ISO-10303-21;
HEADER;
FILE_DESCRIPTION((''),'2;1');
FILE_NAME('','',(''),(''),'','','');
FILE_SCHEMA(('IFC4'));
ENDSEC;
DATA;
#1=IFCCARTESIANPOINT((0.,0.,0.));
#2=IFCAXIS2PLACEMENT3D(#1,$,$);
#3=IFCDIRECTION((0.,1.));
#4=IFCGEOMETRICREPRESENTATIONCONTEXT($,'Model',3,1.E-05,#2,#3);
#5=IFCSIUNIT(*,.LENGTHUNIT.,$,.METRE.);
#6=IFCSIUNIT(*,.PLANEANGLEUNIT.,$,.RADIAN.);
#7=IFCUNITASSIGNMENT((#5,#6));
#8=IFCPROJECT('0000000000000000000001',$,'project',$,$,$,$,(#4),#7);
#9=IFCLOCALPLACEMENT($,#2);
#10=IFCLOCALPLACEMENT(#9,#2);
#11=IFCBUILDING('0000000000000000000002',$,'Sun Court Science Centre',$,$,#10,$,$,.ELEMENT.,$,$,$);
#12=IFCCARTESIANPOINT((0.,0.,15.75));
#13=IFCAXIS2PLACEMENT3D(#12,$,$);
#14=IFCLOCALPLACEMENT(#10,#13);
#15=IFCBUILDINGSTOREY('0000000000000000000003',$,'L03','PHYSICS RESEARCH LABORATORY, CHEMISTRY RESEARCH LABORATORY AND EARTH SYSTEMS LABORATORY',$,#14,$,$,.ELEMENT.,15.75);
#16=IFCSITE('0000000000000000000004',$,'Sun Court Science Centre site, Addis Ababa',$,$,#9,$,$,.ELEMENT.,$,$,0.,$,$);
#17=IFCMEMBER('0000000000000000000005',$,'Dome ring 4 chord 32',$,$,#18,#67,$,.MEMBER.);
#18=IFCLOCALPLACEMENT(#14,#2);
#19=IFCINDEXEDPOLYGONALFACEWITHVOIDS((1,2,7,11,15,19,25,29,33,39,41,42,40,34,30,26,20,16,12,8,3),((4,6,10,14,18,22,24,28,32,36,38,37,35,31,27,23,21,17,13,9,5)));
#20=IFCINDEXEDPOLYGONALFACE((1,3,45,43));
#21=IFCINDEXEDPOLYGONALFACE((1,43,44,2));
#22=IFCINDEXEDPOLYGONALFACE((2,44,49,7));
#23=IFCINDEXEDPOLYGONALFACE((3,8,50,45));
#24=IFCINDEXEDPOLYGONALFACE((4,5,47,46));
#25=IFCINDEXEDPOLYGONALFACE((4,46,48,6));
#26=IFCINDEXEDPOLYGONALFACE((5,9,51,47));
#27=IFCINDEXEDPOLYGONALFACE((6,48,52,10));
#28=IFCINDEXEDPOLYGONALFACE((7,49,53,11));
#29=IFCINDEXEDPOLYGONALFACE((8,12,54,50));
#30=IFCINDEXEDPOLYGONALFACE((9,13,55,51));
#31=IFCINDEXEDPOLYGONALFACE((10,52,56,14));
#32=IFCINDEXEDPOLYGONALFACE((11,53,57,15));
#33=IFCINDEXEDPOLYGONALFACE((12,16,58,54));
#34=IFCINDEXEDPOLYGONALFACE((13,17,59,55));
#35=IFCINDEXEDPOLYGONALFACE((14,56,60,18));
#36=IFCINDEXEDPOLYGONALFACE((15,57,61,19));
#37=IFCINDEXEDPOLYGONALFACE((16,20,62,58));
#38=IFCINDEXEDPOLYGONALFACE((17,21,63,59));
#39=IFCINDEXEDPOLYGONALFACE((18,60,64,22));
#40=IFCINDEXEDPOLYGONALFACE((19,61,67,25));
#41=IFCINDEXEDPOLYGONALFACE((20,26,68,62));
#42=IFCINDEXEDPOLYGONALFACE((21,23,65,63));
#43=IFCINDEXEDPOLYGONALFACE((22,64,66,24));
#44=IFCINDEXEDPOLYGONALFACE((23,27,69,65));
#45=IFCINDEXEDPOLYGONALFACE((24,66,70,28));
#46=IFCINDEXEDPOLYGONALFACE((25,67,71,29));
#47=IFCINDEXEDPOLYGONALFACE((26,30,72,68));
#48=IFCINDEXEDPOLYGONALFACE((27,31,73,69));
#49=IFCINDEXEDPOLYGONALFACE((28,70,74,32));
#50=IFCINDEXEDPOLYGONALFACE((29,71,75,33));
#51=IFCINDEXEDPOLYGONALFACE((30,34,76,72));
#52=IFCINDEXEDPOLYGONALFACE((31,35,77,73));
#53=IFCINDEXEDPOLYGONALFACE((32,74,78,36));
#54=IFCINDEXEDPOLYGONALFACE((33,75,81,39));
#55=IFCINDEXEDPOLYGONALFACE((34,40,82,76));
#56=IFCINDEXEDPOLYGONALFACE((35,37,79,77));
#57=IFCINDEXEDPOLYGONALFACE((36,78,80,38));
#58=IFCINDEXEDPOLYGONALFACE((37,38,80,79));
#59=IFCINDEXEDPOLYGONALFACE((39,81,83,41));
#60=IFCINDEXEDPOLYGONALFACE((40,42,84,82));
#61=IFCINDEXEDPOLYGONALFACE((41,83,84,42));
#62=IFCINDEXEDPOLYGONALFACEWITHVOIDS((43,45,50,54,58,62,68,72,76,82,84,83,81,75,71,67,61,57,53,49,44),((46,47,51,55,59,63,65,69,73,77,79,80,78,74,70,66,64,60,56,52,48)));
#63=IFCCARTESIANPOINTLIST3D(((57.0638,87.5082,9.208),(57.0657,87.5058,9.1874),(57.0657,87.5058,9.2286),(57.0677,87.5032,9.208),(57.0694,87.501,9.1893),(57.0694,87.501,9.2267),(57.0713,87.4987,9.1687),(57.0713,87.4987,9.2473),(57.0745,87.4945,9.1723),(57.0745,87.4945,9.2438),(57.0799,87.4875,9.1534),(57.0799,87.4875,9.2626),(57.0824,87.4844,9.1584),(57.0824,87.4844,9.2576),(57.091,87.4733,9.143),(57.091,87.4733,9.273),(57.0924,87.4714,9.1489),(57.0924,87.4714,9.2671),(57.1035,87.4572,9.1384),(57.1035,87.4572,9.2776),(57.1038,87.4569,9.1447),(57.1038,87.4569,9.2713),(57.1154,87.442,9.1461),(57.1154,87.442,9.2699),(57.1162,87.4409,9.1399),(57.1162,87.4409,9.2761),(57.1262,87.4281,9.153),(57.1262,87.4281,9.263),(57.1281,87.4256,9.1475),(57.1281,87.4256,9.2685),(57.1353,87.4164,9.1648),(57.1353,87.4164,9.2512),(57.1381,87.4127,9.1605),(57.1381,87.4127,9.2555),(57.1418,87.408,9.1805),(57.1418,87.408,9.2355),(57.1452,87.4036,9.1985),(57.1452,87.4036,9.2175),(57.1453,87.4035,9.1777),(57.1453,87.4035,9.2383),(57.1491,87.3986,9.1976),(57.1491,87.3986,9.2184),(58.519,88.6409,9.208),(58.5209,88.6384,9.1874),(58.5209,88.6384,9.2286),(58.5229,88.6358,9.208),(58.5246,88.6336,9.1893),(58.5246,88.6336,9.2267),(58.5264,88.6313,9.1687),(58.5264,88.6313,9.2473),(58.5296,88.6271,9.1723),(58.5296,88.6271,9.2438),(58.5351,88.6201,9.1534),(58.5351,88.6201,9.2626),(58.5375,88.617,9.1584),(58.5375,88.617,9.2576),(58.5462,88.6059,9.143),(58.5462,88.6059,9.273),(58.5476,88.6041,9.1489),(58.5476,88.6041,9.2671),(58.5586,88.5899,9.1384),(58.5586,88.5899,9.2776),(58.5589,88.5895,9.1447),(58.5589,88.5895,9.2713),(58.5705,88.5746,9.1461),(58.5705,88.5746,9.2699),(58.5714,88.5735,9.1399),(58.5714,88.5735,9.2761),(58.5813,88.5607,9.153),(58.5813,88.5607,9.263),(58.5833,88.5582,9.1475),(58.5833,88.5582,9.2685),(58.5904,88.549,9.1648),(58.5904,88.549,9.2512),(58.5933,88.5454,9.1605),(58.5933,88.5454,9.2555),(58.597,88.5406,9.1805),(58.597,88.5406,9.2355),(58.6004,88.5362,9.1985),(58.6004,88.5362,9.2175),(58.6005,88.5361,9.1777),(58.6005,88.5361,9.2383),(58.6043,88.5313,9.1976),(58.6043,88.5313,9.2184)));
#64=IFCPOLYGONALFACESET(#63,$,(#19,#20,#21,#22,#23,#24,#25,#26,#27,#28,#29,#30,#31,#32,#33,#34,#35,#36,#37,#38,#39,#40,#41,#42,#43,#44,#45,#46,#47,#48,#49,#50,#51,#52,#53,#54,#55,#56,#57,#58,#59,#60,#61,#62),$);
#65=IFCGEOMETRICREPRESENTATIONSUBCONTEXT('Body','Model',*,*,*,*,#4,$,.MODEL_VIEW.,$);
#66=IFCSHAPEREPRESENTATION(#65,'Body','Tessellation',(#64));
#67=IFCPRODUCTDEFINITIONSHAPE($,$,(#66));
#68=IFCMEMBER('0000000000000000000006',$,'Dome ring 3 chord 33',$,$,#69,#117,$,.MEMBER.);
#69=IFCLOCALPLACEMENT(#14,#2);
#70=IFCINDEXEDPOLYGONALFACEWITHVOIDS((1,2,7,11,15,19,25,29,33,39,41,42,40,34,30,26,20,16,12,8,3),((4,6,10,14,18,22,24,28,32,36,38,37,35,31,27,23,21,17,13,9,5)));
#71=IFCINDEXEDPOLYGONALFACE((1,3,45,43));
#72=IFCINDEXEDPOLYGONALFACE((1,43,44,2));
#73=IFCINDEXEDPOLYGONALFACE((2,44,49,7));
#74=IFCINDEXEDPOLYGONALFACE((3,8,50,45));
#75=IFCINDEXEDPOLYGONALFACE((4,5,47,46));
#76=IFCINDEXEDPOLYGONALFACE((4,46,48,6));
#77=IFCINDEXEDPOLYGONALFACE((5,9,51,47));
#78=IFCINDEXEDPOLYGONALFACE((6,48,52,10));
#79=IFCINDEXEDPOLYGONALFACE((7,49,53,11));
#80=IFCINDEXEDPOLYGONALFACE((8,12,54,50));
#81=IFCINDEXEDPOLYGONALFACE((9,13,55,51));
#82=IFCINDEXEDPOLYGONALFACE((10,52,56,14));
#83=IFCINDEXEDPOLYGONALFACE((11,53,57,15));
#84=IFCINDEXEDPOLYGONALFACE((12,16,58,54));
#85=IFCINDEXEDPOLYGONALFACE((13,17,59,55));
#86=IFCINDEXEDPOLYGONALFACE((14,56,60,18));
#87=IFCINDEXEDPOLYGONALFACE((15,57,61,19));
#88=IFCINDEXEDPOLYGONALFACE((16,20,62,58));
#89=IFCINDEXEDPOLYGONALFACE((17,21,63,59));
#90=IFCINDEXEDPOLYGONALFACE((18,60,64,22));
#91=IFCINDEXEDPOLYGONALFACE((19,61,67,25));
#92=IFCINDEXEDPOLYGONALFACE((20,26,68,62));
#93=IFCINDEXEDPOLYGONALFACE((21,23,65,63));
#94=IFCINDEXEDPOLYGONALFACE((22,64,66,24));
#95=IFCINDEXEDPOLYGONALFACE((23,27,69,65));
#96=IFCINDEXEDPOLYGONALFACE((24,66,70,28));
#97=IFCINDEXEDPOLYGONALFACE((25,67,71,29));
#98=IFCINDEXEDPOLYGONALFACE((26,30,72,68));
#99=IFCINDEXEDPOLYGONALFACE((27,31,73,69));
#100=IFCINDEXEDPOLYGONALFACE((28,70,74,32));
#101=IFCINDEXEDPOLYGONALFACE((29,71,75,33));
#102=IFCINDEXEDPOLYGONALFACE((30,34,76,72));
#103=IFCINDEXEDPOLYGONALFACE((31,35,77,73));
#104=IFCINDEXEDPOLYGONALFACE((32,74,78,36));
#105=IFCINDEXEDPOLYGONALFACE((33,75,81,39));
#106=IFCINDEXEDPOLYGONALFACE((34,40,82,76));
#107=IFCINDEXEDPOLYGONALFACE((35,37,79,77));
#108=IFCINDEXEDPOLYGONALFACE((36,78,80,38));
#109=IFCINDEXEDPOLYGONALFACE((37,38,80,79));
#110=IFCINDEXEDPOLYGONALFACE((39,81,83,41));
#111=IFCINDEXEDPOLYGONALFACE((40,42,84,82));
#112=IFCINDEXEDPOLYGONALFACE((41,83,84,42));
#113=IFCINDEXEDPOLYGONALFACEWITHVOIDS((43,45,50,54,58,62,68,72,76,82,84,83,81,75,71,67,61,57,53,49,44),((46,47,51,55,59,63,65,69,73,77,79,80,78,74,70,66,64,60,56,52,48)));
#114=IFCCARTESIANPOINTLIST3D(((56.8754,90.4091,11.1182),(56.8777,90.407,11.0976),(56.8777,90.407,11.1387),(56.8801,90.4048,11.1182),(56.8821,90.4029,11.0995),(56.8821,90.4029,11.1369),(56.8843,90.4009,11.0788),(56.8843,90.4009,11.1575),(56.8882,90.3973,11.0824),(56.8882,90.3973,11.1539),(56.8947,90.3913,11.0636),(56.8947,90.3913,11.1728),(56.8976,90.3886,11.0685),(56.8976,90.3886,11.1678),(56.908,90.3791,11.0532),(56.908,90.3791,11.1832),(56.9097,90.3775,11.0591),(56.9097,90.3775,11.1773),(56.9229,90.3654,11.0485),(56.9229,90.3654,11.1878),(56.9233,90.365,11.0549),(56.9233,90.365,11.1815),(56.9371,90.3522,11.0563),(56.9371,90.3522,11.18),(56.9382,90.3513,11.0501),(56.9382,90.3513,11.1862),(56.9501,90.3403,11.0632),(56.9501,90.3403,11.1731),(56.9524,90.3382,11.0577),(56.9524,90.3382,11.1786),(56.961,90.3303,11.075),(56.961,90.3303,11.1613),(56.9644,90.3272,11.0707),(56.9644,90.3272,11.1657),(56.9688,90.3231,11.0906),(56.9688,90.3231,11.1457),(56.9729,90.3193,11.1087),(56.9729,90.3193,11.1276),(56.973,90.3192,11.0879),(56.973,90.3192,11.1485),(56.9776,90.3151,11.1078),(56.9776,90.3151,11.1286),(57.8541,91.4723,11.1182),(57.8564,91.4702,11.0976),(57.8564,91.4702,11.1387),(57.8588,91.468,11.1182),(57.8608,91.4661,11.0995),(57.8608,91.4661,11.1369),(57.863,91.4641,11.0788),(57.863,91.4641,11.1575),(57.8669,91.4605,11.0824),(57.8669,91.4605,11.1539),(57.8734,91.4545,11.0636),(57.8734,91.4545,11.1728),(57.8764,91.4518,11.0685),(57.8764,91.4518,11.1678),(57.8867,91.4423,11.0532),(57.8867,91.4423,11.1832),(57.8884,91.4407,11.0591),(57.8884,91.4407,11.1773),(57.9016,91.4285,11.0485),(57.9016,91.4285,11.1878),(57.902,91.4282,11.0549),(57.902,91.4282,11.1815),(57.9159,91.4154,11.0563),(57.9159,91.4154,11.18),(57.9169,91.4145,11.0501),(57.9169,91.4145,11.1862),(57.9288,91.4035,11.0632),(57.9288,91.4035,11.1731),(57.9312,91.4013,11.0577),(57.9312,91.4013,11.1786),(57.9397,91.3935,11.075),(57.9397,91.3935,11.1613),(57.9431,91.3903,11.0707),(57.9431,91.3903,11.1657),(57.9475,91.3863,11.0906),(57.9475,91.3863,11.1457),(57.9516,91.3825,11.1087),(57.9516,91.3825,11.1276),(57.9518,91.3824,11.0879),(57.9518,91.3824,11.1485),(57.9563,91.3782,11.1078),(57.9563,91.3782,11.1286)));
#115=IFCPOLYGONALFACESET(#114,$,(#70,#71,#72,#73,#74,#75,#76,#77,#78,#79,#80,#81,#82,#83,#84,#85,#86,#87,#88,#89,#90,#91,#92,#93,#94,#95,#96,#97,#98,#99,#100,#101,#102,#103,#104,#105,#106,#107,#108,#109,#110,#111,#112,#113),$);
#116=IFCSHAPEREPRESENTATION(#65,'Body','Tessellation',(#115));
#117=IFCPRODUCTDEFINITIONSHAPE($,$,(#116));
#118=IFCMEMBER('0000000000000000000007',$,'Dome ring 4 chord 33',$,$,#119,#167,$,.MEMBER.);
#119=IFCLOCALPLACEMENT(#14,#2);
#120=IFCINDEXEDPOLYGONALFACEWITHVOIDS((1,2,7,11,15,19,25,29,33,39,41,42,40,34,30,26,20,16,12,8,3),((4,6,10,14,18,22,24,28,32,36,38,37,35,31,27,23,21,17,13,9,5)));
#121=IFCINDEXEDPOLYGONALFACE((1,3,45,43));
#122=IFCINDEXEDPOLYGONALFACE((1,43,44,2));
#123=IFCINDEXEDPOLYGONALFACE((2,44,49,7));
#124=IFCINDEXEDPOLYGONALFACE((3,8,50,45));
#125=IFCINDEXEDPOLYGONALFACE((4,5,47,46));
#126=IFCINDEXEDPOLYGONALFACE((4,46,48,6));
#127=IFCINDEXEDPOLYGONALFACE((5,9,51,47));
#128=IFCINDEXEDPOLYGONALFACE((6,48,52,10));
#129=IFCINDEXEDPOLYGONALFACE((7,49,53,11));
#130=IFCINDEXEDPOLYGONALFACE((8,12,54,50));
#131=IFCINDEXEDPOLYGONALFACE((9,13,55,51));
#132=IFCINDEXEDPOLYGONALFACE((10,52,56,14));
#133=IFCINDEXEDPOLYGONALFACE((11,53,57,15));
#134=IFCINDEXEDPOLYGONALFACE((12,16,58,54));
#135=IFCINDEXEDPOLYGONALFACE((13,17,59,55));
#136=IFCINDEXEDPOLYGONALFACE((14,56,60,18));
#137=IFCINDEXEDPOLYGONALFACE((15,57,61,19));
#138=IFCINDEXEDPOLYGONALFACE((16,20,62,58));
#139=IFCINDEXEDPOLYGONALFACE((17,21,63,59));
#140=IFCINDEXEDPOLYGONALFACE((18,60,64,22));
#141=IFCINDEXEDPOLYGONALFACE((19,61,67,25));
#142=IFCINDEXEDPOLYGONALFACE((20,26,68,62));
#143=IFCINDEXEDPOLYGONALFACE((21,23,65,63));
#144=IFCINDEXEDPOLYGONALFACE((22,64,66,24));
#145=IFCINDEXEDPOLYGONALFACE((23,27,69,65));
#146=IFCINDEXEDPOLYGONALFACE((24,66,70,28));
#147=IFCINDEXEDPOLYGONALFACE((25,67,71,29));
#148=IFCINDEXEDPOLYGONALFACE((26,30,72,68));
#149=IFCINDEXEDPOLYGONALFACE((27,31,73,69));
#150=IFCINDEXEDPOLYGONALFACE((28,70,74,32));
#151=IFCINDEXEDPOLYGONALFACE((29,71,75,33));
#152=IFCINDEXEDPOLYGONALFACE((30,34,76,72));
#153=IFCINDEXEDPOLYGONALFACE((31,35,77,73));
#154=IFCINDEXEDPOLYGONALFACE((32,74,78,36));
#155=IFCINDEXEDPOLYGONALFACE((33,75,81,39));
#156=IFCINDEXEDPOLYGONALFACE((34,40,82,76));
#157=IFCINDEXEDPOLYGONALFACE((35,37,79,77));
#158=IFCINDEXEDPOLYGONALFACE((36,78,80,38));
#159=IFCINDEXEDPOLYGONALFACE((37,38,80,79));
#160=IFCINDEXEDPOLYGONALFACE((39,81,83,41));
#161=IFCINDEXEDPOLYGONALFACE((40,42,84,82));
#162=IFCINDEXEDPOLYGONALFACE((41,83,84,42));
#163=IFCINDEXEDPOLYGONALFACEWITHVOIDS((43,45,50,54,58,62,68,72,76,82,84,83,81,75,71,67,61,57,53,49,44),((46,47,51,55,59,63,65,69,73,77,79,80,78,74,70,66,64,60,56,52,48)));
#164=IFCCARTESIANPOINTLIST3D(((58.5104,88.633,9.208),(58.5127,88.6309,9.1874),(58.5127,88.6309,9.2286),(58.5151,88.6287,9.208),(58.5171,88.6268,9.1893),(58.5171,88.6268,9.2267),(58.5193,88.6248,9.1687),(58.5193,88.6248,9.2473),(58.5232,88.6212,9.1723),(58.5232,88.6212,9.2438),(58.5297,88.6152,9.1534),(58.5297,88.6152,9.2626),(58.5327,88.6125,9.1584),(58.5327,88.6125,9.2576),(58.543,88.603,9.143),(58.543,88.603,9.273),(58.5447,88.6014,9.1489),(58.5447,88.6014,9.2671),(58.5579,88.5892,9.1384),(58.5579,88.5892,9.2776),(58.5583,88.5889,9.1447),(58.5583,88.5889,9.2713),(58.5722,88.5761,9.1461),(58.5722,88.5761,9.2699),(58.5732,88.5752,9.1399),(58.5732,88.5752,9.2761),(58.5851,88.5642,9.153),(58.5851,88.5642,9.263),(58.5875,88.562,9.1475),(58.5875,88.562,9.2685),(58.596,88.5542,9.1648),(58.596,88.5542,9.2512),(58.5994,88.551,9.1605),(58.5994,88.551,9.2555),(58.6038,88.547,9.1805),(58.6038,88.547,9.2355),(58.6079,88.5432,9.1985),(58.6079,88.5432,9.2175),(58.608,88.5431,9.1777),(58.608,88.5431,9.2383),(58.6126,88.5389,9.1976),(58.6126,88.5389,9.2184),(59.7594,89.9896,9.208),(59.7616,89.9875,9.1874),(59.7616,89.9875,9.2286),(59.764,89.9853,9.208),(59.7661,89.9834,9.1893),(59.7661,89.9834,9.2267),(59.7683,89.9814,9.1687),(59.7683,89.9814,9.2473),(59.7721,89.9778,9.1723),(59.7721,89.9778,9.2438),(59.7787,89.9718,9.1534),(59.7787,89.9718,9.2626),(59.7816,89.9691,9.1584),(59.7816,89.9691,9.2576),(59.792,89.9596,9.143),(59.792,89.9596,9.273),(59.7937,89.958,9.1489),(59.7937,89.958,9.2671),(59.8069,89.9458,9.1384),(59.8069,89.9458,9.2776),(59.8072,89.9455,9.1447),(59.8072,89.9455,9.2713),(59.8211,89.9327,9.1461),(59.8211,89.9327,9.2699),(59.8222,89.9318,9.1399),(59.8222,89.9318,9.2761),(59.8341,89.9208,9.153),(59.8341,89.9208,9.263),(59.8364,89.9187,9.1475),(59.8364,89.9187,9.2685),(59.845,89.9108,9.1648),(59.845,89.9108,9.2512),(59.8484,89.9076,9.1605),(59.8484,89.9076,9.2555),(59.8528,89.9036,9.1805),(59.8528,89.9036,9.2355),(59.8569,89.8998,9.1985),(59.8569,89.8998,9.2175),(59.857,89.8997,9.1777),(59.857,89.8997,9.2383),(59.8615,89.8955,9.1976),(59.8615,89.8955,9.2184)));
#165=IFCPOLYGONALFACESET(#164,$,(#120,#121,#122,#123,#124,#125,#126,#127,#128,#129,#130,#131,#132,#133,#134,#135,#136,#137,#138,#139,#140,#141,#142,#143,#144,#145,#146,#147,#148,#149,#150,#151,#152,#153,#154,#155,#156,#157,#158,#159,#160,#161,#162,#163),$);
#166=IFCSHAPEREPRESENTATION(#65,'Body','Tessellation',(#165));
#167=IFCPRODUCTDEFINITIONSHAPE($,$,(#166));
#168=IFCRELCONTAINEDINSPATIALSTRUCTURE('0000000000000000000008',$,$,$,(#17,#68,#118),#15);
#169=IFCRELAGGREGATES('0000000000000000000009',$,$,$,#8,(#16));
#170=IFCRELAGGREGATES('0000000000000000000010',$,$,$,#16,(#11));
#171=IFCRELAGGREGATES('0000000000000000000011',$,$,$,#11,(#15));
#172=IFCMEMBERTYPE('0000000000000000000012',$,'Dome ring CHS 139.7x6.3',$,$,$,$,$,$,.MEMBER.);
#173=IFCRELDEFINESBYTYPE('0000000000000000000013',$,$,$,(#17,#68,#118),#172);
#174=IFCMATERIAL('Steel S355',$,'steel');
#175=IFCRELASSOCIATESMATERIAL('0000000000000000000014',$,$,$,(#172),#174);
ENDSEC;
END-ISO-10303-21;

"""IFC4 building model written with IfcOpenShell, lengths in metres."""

from ifc_helpers import new_model, si_unit, direction, frame, origin, origin_2d, place, context, subcontext, project, spatial, hollow_circle, extrude, material, material_profile, profile_set, type_object, element, save


model = new_model("IFC4")

# Units and contexts
model_context = context("Model", 3, precision=1e-05, world=origin(), true_north=direction((0.0, 1.0)))
body_context = subcontext(model_context, "Body", "Model", "MODEL_VIEW")
ifc_project = project(units=[si_unit("LENGTHUNIT", "METRE"), si_unit("PLANEANGLEUNIT", "RADIAN")], contexts=[model_context])

# Site, building, storey
site_placement = place(None, origin())
site = spatial("IfcSite", under=ifc_project, at=site_placement, Name="Sun Court Science Centre site, Addis Ababa", CompositionType="ELEMENT", RefElevation=0.0)
building_placement = place(site_placement, origin())
building = spatial("IfcBuilding", under=site, at=building_placement, Name="Sun Court Science Centre", CompositionType="ELEMENT")
storey_placement = place(building_placement, frame((0.0, 0.0, 15.75)))
storey = spatial("IfcBuildingStorey", under=building, at=storey_placement, Name="L03", Description="PHYSICS RESEARCH LABORATORY, CHEMISTRY RESEARCH LABORATORY AND EARTH SYSTEMS LABORATORY", CompositionType="ELEMENT", Elevation=15.75)

# Members
ifc_material_1 = material(Name="Steel S355", Category="steel")
ifc_material_profile_1 = material_profile(ifc_material_1, hollow_circle(Radius=0.0698, WallThickness=0.0063, at=origin_2d()), Name="CHS 139.7x6.3")
ifc_profile_set_1 = profile_set([ifc_material_profile_1], Name="Steel S355")
member_type_1 = type_object("IfcMemberType", Name="Dome ring CHS 139.7x6.3", PredefinedType="MEMBER", material=ifc_profile_set_1)
member_1_placement = place(storey_placement, frame((57.1067, 87.4531, 9.208), z_axis=(0.789131, 0.614225, 0.0), x_axis=(-0.614225, 0.789131, 0.0)))
element("IfcMember", 1, at=member_1_placement, inside=storey, type_object=member_type_1, Name="Dome ring 4 chord 32", PredefinedType="MEMBER", context=body_context, shape_type="SweptSolid", body=[
    extrude(hollow_circle(Radius=0.0698, WallThickness=0.0063, at=origin_2d()), origin(), (0.0, 0.0, 1.0), 1.844),
])
member_2_placement = place(storey_placement, frame((56.9268, 90.3618, 11.1182), z_axis=(0.677276, 0.735729, 0.0), x_axis=(-0.735729, 0.677276, 0.0)))
element("IfcMember", 2, at=member_2_placement, inside=storey, type_object=member_type_1, Name="Dome ring 3 chord 33", PredefinedType="MEMBER", context=body_context, shape_type="SweptSolid", body=[
    extrude(hollow_circle(Radius=0.0698, WallThickness=0.0063, at=origin_2d()), origin(), (0.0, 0.0, 1.0), 1.4451),
])
member_3_placement = place(storey_placement, frame((58.5618, 88.5857, 9.208), z_axis=(0.677312, 0.735696, 0.0), x_axis=(-0.735696, 0.677312, 0.0)))
element("IfcMember", 3, at=member_3_placement, inside=storey, type_object=member_type_1, Name="Dome ring 4 chord 33", PredefinedType="MEMBER", context=body_context, shape_type="SweptSolid", body=[
    extrude(hollow_circle(Radius=0.0698, WallThickness=0.0063, at=origin_2d()), origin(), (0.0, 0.0, 1.0), 1.844),
])

save(model, "model.ifc")
